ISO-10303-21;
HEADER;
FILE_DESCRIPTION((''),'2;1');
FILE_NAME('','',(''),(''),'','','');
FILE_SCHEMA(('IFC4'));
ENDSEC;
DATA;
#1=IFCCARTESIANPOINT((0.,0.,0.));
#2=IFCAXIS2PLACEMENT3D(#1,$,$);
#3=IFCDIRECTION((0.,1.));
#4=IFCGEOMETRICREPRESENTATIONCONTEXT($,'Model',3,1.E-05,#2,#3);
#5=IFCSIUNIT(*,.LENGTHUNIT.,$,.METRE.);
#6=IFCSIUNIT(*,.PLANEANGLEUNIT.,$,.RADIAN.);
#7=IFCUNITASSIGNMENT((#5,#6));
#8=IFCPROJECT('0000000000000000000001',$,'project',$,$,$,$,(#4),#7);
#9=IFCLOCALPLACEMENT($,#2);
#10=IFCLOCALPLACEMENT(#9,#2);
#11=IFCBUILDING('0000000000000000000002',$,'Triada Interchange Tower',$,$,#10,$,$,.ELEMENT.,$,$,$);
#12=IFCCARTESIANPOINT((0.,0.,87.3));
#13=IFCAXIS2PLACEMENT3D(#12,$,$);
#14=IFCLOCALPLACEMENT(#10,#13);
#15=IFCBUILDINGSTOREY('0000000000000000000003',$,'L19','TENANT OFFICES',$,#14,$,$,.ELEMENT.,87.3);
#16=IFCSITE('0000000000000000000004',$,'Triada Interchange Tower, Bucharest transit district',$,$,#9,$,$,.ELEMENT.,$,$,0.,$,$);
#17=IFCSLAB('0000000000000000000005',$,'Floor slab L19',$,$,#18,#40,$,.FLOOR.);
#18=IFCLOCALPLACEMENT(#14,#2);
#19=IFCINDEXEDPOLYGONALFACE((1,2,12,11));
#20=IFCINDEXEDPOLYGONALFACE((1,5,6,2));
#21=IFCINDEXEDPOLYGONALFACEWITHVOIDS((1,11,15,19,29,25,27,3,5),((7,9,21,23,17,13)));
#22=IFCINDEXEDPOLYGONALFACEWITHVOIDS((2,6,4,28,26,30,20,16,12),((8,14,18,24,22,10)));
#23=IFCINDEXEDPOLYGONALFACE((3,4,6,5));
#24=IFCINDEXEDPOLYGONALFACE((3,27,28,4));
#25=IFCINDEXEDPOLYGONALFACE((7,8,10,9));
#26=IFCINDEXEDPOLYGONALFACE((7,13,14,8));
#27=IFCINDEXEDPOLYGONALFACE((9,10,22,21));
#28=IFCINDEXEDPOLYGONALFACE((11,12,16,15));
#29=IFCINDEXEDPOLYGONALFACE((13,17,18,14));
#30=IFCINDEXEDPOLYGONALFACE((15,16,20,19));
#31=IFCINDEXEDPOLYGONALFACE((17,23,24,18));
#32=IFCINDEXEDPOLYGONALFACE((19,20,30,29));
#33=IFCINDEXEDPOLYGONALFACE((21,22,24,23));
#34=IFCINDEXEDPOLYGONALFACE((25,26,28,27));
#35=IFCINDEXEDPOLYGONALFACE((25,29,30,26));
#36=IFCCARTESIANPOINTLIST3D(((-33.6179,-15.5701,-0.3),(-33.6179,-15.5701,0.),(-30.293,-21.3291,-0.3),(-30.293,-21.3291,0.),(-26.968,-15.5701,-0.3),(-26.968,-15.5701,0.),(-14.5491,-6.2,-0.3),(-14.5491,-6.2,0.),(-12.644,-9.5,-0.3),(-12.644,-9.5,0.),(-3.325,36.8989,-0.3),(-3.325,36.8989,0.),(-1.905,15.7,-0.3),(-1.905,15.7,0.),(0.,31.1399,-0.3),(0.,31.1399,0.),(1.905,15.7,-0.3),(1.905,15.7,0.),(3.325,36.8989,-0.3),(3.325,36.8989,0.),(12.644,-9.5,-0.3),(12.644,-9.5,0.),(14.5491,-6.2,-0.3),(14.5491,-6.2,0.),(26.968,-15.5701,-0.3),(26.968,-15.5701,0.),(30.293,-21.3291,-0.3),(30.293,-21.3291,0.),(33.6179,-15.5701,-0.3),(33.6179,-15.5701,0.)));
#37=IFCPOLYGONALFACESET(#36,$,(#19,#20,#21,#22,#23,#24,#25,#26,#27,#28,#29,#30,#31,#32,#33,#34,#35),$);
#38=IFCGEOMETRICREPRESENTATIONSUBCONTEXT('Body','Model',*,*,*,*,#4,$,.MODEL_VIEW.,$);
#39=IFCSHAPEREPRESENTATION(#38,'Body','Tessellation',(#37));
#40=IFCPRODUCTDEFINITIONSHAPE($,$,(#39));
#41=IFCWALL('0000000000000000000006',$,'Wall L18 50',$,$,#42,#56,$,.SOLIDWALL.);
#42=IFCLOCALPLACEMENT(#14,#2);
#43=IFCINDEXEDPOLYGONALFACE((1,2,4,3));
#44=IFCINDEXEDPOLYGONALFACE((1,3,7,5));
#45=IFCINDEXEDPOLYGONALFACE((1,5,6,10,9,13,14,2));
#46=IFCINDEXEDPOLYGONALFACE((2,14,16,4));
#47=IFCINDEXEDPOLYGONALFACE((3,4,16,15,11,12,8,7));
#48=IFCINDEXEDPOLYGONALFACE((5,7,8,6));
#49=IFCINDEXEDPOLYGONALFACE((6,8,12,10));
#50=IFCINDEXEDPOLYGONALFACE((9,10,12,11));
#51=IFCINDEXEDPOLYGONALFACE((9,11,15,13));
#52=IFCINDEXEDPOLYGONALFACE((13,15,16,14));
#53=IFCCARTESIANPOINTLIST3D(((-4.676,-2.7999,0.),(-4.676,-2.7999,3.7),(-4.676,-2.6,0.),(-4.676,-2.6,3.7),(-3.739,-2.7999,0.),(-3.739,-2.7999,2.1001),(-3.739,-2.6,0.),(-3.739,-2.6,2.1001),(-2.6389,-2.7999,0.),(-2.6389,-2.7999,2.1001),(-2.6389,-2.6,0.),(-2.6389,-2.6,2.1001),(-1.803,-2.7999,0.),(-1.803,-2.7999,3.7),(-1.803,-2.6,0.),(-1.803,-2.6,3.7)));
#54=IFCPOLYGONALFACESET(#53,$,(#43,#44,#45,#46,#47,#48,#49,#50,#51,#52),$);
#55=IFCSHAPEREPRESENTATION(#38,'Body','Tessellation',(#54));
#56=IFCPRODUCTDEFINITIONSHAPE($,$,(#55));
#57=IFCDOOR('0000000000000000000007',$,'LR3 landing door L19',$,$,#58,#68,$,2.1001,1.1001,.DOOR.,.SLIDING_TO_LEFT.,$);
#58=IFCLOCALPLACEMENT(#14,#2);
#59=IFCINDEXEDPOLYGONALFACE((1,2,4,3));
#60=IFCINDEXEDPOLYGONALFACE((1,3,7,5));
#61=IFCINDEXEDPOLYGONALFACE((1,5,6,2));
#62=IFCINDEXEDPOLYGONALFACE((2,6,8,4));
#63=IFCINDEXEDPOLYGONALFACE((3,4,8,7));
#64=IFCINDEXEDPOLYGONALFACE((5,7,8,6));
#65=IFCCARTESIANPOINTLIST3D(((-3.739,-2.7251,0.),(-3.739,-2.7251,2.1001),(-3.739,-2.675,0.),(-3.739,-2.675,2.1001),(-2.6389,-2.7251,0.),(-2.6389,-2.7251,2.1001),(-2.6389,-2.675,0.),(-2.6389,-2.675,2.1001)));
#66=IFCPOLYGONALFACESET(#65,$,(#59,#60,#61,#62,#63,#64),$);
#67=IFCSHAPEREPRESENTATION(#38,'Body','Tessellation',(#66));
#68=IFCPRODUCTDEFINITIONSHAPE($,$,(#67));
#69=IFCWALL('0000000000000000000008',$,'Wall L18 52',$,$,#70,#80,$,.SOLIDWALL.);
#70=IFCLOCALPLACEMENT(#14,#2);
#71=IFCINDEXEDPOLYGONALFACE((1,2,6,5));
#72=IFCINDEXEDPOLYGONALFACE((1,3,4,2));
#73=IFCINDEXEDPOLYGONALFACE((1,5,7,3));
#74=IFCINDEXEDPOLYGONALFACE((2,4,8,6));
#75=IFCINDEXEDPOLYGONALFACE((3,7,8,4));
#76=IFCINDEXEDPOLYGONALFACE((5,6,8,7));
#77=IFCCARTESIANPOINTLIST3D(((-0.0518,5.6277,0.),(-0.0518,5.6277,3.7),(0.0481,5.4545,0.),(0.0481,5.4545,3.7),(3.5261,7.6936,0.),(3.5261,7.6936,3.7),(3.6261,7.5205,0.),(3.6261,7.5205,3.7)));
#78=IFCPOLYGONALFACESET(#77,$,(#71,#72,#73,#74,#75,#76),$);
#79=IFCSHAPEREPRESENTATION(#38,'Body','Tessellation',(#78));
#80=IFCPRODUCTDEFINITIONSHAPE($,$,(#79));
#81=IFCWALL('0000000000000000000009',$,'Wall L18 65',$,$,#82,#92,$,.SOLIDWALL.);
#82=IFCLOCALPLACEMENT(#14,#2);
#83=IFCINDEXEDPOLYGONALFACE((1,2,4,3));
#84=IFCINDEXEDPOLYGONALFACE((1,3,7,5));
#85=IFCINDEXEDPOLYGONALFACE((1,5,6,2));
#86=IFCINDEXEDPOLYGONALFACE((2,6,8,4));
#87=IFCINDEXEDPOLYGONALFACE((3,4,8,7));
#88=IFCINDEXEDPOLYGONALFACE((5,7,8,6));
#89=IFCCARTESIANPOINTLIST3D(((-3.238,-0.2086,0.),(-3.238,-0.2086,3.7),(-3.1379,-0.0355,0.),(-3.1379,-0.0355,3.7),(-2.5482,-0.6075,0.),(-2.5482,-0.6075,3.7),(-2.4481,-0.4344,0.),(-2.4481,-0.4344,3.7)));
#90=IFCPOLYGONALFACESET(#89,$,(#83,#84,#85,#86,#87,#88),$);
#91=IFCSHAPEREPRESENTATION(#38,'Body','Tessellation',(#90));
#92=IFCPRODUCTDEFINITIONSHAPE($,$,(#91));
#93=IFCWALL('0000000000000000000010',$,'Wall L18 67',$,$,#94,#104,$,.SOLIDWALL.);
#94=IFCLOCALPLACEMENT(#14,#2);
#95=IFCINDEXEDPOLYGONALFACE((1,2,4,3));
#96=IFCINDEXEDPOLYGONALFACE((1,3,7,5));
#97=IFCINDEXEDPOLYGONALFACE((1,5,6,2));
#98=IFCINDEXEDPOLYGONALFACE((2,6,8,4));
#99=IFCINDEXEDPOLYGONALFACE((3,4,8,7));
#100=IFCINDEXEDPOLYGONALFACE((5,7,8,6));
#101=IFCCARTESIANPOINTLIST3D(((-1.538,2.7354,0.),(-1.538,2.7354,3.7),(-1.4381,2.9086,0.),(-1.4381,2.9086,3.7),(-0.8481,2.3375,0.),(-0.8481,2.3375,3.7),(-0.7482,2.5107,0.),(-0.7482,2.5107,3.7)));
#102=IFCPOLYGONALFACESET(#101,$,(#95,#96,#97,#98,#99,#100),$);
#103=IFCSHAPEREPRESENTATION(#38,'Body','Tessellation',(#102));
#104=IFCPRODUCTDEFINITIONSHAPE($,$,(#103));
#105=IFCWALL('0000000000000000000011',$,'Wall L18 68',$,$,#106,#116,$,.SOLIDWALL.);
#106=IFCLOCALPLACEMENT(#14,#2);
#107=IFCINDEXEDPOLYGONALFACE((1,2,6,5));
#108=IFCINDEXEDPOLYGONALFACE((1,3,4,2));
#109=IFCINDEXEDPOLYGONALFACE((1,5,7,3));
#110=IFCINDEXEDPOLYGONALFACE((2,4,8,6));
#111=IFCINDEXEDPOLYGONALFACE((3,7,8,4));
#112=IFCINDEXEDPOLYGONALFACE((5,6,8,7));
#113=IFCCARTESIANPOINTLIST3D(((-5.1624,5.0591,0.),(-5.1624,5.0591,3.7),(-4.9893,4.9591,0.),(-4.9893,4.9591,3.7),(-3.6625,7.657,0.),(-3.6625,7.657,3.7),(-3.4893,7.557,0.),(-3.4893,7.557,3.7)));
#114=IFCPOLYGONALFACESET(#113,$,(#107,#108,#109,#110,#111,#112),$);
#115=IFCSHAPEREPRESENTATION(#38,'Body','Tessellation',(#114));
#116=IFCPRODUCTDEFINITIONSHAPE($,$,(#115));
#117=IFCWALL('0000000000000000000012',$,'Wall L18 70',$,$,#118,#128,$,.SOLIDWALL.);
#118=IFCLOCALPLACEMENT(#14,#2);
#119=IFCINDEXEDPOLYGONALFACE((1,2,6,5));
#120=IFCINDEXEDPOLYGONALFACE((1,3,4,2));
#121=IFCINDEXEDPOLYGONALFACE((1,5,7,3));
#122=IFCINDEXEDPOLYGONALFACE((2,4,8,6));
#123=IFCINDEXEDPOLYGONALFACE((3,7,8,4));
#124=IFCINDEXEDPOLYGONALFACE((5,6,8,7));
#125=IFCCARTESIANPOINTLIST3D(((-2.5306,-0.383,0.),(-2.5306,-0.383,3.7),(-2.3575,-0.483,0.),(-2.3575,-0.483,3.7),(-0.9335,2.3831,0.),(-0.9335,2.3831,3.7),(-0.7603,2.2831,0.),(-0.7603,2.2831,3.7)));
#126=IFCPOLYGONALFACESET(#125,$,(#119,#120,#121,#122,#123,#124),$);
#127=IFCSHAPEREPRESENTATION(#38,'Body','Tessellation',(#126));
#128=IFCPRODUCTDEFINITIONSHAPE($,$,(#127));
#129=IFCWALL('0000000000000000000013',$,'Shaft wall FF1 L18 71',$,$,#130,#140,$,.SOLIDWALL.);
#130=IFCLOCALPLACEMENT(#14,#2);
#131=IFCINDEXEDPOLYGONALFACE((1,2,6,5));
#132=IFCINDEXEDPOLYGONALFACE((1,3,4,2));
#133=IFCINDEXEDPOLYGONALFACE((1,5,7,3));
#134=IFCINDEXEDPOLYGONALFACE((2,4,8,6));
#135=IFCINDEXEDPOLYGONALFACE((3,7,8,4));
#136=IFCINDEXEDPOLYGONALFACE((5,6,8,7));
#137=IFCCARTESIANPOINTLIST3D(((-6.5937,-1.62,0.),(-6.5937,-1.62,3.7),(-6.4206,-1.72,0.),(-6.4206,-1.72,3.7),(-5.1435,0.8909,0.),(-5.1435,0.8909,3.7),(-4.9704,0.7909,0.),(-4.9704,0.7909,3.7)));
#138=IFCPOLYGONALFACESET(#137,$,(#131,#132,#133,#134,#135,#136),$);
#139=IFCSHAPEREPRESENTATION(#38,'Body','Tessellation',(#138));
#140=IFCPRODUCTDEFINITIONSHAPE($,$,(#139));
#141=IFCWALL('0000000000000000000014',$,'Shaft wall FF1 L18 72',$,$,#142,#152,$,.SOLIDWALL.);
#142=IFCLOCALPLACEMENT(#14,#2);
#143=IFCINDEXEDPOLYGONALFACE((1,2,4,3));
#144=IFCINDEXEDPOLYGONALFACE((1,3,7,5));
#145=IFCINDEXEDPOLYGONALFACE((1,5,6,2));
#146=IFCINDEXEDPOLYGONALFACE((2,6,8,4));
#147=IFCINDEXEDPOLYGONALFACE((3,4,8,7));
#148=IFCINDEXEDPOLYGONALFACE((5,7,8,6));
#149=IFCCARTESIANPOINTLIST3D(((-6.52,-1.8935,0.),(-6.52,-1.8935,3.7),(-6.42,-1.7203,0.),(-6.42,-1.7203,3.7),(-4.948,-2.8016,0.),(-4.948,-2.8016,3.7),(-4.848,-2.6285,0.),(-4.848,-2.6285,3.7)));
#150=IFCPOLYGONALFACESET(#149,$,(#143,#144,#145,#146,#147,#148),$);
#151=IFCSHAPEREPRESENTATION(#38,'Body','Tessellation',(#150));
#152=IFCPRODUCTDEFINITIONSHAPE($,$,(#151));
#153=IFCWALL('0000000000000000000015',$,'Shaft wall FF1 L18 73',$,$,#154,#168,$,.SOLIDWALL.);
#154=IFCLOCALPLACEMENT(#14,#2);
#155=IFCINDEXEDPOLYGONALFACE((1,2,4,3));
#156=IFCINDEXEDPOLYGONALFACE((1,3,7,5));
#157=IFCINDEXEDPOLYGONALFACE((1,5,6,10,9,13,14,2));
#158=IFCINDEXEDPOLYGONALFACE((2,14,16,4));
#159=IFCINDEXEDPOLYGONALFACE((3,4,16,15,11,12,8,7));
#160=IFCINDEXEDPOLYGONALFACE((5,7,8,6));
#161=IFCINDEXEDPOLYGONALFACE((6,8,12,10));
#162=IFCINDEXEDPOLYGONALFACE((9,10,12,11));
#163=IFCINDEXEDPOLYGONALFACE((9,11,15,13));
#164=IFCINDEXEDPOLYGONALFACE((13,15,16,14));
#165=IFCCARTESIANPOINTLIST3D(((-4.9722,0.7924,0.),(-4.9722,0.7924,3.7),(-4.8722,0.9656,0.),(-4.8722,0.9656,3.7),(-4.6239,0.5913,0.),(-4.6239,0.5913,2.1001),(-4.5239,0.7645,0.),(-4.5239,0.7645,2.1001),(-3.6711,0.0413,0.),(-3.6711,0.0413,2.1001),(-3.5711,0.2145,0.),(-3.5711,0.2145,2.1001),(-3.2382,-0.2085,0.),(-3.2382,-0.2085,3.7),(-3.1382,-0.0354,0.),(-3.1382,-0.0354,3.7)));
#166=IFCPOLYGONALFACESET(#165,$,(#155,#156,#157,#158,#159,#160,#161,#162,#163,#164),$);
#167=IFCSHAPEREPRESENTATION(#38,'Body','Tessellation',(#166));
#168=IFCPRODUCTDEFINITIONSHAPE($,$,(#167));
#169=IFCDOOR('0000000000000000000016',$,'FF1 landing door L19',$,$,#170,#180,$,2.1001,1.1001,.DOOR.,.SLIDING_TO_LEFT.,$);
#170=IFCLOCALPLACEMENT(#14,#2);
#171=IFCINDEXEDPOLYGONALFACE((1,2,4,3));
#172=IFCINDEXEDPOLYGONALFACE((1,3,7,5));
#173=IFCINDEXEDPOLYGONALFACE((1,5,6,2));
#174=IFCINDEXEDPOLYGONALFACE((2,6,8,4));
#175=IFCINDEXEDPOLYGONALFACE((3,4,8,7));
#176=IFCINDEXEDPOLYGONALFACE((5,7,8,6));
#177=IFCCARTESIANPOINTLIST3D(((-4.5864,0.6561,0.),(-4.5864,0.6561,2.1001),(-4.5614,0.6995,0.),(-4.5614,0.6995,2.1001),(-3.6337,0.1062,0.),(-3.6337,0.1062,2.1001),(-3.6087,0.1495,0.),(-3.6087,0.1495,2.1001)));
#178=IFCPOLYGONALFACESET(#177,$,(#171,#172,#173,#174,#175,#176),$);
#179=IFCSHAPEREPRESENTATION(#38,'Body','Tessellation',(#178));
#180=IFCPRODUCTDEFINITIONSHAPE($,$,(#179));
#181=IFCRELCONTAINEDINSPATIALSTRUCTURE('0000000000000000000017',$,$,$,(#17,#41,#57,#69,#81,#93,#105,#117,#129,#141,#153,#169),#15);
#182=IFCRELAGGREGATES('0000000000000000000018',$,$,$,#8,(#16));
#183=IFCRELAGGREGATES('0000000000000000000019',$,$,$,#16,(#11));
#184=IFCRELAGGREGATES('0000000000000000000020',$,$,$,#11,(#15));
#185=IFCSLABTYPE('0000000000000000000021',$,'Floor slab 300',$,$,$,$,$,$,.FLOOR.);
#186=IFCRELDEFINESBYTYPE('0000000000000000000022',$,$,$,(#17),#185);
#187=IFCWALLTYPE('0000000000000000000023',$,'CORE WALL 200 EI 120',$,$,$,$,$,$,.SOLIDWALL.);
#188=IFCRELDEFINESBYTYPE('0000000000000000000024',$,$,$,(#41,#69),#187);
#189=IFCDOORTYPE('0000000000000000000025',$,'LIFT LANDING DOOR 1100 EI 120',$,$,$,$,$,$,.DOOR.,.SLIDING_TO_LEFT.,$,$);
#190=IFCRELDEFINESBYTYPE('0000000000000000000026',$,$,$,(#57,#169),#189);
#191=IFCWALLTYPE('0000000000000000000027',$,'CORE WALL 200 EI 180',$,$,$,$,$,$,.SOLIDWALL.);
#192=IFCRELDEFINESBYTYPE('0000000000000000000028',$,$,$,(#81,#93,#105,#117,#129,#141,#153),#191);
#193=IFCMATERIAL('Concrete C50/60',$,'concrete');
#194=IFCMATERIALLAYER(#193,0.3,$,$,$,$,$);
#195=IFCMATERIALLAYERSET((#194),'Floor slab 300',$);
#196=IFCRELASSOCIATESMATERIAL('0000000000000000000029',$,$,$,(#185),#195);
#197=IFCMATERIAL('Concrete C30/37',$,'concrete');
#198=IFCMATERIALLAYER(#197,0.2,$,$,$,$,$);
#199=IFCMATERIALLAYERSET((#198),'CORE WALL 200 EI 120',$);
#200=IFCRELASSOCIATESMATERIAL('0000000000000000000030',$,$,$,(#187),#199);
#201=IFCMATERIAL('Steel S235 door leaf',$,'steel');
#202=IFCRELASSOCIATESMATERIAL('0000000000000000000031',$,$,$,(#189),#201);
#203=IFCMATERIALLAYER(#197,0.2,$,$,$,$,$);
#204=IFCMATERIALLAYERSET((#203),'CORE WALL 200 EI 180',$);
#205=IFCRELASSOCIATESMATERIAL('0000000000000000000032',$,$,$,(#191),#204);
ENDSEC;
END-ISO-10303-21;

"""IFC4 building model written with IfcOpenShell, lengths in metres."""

from ifc_helpers import new_model, si_unit, direction, frame, frame_2d, origin, place, context, subcontext, project, spatial, polyline, rectangle, outline, extrude, material, layer, layer_set, type_object, element, fill, save


model = new_model("IFC4")

# Units and contexts
model_context = context("Model", 3, precision=1e-05, world=origin(), true_north=direction((0.0, 1.0)))
body_context = subcontext(model_context, "Body", "Model", "MODEL_VIEW")
ifc_project = project(units=[si_unit("LENGTHUNIT", "METRE"), si_unit("PLANEANGLEUNIT", "RADIAN")], contexts=[model_context])

# Site, building, storey
site_placement = place(None, origin())
site = spatial("IfcSite", under=ifc_project, at=site_placement, Name="Triada Interchange Tower, Bucharest transit district", CompositionType="ELEMENT", RefElevation=0.0)
building_placement = place(site_placement, origin())
building = spatial("IfcBuilding", under=site, at=building_placement, Name="Triada Interchange Tower", CompositionType="ELEMENT")
storey_placement = place(building_placement, frame((0.0, 0.0, 87.3)))
storey = spatial("IfcBuildingStorey", under=building, at=storey_placement, Name="L19", Description="TENANT OFFICES", CompositionType="ELEMENT", Elevation=87.3)

# Slab
ifc_material_1 = material(Name="Concrete C50/60", Category="concrete")
ifc_layer_1 = layer(ifc_material_1, 0.3)
ifc_layer_set_1 = layer_set([ifc_layer_1], Name="Floor slab 300")
slab_type = type_object("IfcSlabType", Name="Floor slab 300", PredefinedType="FLOOR", material=ifc_layer_set_1)
slab_placement = place(storey_placement, frame((0.0, 0.0, -0.3)))
element("IfcSlab", 1, at=slab_placement, inside=storey, type_object=slab_type, Name="Floor slab L19", PredefinedType="FLOOR", context=body_context, shape_type="SweptSolid", body=[
    extrude(outline(polyline([(-3.325, 36.8989), (-33.6179, -15.5701), (-26.968, -15.5701), (-30.293, -21.3291), (30.293, -21.3291), (26.968, -15.5701), (33.6179, -15.5701), (3.325, 36.8989), (0.0, 31.1399), (-3.325, 36.8989)]), holes=[polyline([(1.905, 15.7), (-1.905, 15.7), (-14.5491, -6.2), (-12.644, -9.5), (12.644, -9.5), (14.5491, -6.2), (1.905, 15.7)])]), origin(), (0.0, 0.0, 1.0), 0.3),
])

# Wall, opening, door
ifc_material_2 = material(Name="Concrete C30/37", Category="concrete")
ifc_layer_2 = layer(ifc_material_2, 0.2)
ifc_layer_set_2 = layer_set([ifc_layer_2], Name="CORE WALL 200 EI 120")
wall_type_1 = type_object("IfcWallType", Name="CORE WALL 200 EI 120", PredefinedType="SOLIDWALL", material=ifc_layer_set_2)
wall_1_placement = place(storey_placement, frame((-4.676, -2.7, 0.0), z_axis=(0.0, 0.0, 1.0), x_axis=(1.0, 0.0, 0.0)))
wall_1 = element("IfcWall", 2, at=wall_1_placement, inside=storey, type_object=wall_type_1, Name="Wall L18 50", PredefinedType="SOLIDWALL", context=body_context, shape_type="SweptSolid", body=[
    extrude(rectangle(XDim=2.873, YDim=0.2, at=frame_2d((1.4365, 0.0))), origin(), (0.0, 0.0, 1.0), 3.7),
])
opening_1_placement = place(wall_1_placement, frame((0.937, 0.0, 0.0)))
opening_1 = element("IfcOpeningElement", 3, at=opening_1_placement, cuts=wall_1, PredefinedType="OPENING", context=body_context, shape_type="SweptSolid", body=[
    extrude(rectangle(XDim=1.1001, YDim=2.1001, at=frame_2d((0.55, 1.05))), frame((0.0, 0.1099, 0.0), z_axis=(0.0, -1.0, 0.0), x_axis=(1.0, 0.0, 0.0)), (0.0, 0.0, 1.0), 0.22),
])
ifc_material_3 = material(Name="Steel S235 door leaf", Category="steel")
door_type = type_object("IfcDoorType", Name="LIFT LANDING DOOR 1100 EI 120", OperationType="SLIDING_TO_LEFT", PredefinedType="DOOR", material=ifc_material_3)
door_1_placement = place(opening_1_placement, origin())
door_1 = element("IfcDoor", 4, at=door_1_placement, inside=storey, type_object=door_type, Name="LR3 landing door L19", OperationType="SLIDING_TO_LEFT", OverallHeight=2.1001, OverallWidth=1.1001, PredefinedType="DOOR", context=body_context, shape_type="SweptSolid", body=[
    extrude(rectangle(XDim=1.1001, YDim=2.1001, at=frame_2d((0.55, 1.05))), frame((0.0, 0.0249, 0.0), z_axis=(0.0, -1.0, 0.0), x_axis=(1.0, 0.0, 0.0)), (0.0, 0.0, 1.0), 0.05),
])
fill(opening_1, door_1)

# Walls
wall_2_placement = place(storey_placement, frame((-0.002, 5.541, 0.0), z_axis=(0.0, 0.0, 1.0), x_axis=(0.866002, 0.500041, 0.0)))
element("IfcWall", 5, at=wall_2_placement, inside=storey, type_object=wall_type_1, Name="Wall L18 52", PredefinedType="SOLIDWALL", context=body_context, shape_type="SweptSolid", body=[
    extrude(rectangle(XDim=4.1316, YDim=0.2, at=frame_2d((2.0659, 0.0))), origin(), (0.0, 0.0, 1.0), 3.7),
])
ifc_layer_3 = layer(ifc_material_2, 0.2)
ifc_layer_set_3 = layer_set([ifc_layer_3], Name="CORE WALL 200 EI 180")
wall_type_2 = type_object("IfcWallType", Name="CORE WALL 200 EI 180", PredefinedType="SOLIDWALL", material=ifc_layer_set_3)
wall_3_placement = place(storey_placement, frame((-3.188, -0.1221, 0.0), z_axis=(0.0, 0.0, 1.0), x_axis=(0.865706, -0.500553, 0.0)))
element("IfcWall", 6, at=wall_3_placement, inside=storey, type_object=wall_type_2, Name="Wall L18 65", PredefinedType="SOLIDWALL", context=body_context, shape_type="SweptSolid", body=[
    extrude(rectangle(XDim=0.7969, YDim=0.2, at=frame_2d((0.3984, 0.0))), origin(), (0.0, 0.0, 1.0), 3.7),
])
wall_4_placement = place(storey_placement, frame((-1.488, 2.822, 0.0), z_axis=(0.0, 0.0, 1.0), x_axis=(0.866237, -0.499634, 0.0)))
element("IfcWall", 7, at=wall_4_placement, inside=storey, type_object=wall_type_2, Name="Wall L18 67", PredefinedType="SOLIDWALL", context=body_context, shape_type="SweptSolid", body=[
    extrude(rectangle(XDim=0.7964, YDim=0.2, at=frame_2d((0.3982, 0.0))), origin(), (0.0, 0.0, 1.0), 3.7),
])
wall_5_placement = place(storey_placement, frame((-5.0759, 5.009, 0.0), z_axis=(0.0, 0.0, 1.0), x_axis=(0.500025, 0.866011, 0.0)))
element("IfcWall", 8, at=wall_5_placement, inside=storey, type_object=wall_type_2, Name="Wall L18 68", PredefinedType="SOLIDWALL", context=body_context, shape_type="SweptSolid", body=[
    extrude(rectangle(XDim=2.9998, YDim=0.2, at=frame_2d((1.5, 0.0))), origin(), (0.0, 0.0, 1.0), 3.7),
])
wall_6_placement = place(storey_placement, frame((-2.4441, -0.4331, 0.0), z_axis=(0.0, 0.0, 1.0), x_axis=(0.500036, 0.866005, 0.0)))
element("IfcWall", 9, at=wall_6_placement, inside=storey, type_object=wall_type_2, Name="Wall L18 70", PredefinedType="SOLIDWALL", context=body_context, shape_type="SweptSolid", body=[
    extrude(rectangle(XDim=3.1941, YDim=0.2, at=frame_2d((1.5972, 0.0))), origin(), (0.0, 0.0, 1.0), 3.7),
])
wall_7_placement = place(storey_placement, frame((-6.5071, -1.6699, 0.0), z_axis=(0.0, 0.0, 1.0), x_axis=(0.500123, 0.865954, 0.0)))
element("IfcWall", 10, at=wall_7_placement, inside=storey, type_object=wall_type_2, Name="Shaft wall FF1 L18 71", PredefinedType="SOLIDWALL", context=body_context, shape_type="SweptSolid", body=[
    extrude(rectangle(XDim=2.8997, YDim=0.2, at=frame_2d((1.4497, 0.0))), origin(), (0.0, 0.0, 1.0), 3.7),
])
wall_8_placement = place(storey_placement, frame((-6.47, -1.8069, 0.0), z_axis=(0.0, 0.0, 1.0), x_axis=(0.865883, -0.500246, 0.0)))
element("IfcWall", 11, at=wall_8_placement, inside=storey, type_object=wall_type_2, Name="Shaft wall FF1 L18 72", PredefinedType="SOLIDWALL", context=body_context, shape_type="SweptSolid", body=[
    extrude(rectangle(XDim=1.8154, YDim=0.2, at=frame_2d((0.9077, 0.0))), origin(), (0.0, 0.0, 1.0), 3.7),
])

# Wall, opening, door
wall_9_placement = place(storey_placement, frame((-4.9221, 0.8789, 0.0), z_axis=(0.0, 0.0, 1.0), x_axis=(0.866074, -0.499916, 0.0)))
wall_9 = element("IfcWall", 12, at=wall_9_placement, inside=storey, type_object=wall_type_2, Name="Shaft wall FF1 L18 73", PredefinedType="SOLIDWALL", context=body_context, shape_type="SweptSolid", body=[
    extrude(rectangle(XDim=2.0022, YDim=0.2, at=frame_2d((1.001, 0.0))), origin(), (0.0, 0.0, 1.0), 3.7),
])
opening_2_placement = place(wall_9_placement, frame((0.4021, 0.0, 0.0)))
opening_2 = element("IfcOpeningElement", 13, at=opening_2_placement, cuts=wall_9, PredefinedType="OPENING", context=body_context, shape_type="SweptSolid", body=[
    extrude(rectangle(XDim=1.1001, YDim=2.1001, at=frame_2d((0.55, 1.05))), frame((0.0, 0.1099, 0.0), z_axis=(0.0, -1.0, 0.0), x_axis=(1.0, 0.0, 0.0)), (0.0, 0.0, 1.0), 0.22),
])
door_2_placement = place(opening_2_placement, origin())
door_2 = element("IfcDoor", 14, at=door_2_placement, inside=storey, type_object=door_type, Name="FF1 landing door L19", OperationType="SLIDING_TO_LEFT", OverallHeight=2.1001, OverallWidth=1.1001, PredefinedType="DOOR", context=body_context, shape_type="SweptSolid", body=[
    extrude(rectangle(XDim=1.1001, YDim=2.1001, at=frame_2d((0.55, 1.05))), frame((0.0, 0.0249, 0.0), z_axis=(0.0, -1.0, 0.0), x_axis=(1.0, 0.0, 0.0)), (0.0, 0.0, 1.0), 0.05),
])
fill(opening_2, door_2)

save(model, "model.ifc")
